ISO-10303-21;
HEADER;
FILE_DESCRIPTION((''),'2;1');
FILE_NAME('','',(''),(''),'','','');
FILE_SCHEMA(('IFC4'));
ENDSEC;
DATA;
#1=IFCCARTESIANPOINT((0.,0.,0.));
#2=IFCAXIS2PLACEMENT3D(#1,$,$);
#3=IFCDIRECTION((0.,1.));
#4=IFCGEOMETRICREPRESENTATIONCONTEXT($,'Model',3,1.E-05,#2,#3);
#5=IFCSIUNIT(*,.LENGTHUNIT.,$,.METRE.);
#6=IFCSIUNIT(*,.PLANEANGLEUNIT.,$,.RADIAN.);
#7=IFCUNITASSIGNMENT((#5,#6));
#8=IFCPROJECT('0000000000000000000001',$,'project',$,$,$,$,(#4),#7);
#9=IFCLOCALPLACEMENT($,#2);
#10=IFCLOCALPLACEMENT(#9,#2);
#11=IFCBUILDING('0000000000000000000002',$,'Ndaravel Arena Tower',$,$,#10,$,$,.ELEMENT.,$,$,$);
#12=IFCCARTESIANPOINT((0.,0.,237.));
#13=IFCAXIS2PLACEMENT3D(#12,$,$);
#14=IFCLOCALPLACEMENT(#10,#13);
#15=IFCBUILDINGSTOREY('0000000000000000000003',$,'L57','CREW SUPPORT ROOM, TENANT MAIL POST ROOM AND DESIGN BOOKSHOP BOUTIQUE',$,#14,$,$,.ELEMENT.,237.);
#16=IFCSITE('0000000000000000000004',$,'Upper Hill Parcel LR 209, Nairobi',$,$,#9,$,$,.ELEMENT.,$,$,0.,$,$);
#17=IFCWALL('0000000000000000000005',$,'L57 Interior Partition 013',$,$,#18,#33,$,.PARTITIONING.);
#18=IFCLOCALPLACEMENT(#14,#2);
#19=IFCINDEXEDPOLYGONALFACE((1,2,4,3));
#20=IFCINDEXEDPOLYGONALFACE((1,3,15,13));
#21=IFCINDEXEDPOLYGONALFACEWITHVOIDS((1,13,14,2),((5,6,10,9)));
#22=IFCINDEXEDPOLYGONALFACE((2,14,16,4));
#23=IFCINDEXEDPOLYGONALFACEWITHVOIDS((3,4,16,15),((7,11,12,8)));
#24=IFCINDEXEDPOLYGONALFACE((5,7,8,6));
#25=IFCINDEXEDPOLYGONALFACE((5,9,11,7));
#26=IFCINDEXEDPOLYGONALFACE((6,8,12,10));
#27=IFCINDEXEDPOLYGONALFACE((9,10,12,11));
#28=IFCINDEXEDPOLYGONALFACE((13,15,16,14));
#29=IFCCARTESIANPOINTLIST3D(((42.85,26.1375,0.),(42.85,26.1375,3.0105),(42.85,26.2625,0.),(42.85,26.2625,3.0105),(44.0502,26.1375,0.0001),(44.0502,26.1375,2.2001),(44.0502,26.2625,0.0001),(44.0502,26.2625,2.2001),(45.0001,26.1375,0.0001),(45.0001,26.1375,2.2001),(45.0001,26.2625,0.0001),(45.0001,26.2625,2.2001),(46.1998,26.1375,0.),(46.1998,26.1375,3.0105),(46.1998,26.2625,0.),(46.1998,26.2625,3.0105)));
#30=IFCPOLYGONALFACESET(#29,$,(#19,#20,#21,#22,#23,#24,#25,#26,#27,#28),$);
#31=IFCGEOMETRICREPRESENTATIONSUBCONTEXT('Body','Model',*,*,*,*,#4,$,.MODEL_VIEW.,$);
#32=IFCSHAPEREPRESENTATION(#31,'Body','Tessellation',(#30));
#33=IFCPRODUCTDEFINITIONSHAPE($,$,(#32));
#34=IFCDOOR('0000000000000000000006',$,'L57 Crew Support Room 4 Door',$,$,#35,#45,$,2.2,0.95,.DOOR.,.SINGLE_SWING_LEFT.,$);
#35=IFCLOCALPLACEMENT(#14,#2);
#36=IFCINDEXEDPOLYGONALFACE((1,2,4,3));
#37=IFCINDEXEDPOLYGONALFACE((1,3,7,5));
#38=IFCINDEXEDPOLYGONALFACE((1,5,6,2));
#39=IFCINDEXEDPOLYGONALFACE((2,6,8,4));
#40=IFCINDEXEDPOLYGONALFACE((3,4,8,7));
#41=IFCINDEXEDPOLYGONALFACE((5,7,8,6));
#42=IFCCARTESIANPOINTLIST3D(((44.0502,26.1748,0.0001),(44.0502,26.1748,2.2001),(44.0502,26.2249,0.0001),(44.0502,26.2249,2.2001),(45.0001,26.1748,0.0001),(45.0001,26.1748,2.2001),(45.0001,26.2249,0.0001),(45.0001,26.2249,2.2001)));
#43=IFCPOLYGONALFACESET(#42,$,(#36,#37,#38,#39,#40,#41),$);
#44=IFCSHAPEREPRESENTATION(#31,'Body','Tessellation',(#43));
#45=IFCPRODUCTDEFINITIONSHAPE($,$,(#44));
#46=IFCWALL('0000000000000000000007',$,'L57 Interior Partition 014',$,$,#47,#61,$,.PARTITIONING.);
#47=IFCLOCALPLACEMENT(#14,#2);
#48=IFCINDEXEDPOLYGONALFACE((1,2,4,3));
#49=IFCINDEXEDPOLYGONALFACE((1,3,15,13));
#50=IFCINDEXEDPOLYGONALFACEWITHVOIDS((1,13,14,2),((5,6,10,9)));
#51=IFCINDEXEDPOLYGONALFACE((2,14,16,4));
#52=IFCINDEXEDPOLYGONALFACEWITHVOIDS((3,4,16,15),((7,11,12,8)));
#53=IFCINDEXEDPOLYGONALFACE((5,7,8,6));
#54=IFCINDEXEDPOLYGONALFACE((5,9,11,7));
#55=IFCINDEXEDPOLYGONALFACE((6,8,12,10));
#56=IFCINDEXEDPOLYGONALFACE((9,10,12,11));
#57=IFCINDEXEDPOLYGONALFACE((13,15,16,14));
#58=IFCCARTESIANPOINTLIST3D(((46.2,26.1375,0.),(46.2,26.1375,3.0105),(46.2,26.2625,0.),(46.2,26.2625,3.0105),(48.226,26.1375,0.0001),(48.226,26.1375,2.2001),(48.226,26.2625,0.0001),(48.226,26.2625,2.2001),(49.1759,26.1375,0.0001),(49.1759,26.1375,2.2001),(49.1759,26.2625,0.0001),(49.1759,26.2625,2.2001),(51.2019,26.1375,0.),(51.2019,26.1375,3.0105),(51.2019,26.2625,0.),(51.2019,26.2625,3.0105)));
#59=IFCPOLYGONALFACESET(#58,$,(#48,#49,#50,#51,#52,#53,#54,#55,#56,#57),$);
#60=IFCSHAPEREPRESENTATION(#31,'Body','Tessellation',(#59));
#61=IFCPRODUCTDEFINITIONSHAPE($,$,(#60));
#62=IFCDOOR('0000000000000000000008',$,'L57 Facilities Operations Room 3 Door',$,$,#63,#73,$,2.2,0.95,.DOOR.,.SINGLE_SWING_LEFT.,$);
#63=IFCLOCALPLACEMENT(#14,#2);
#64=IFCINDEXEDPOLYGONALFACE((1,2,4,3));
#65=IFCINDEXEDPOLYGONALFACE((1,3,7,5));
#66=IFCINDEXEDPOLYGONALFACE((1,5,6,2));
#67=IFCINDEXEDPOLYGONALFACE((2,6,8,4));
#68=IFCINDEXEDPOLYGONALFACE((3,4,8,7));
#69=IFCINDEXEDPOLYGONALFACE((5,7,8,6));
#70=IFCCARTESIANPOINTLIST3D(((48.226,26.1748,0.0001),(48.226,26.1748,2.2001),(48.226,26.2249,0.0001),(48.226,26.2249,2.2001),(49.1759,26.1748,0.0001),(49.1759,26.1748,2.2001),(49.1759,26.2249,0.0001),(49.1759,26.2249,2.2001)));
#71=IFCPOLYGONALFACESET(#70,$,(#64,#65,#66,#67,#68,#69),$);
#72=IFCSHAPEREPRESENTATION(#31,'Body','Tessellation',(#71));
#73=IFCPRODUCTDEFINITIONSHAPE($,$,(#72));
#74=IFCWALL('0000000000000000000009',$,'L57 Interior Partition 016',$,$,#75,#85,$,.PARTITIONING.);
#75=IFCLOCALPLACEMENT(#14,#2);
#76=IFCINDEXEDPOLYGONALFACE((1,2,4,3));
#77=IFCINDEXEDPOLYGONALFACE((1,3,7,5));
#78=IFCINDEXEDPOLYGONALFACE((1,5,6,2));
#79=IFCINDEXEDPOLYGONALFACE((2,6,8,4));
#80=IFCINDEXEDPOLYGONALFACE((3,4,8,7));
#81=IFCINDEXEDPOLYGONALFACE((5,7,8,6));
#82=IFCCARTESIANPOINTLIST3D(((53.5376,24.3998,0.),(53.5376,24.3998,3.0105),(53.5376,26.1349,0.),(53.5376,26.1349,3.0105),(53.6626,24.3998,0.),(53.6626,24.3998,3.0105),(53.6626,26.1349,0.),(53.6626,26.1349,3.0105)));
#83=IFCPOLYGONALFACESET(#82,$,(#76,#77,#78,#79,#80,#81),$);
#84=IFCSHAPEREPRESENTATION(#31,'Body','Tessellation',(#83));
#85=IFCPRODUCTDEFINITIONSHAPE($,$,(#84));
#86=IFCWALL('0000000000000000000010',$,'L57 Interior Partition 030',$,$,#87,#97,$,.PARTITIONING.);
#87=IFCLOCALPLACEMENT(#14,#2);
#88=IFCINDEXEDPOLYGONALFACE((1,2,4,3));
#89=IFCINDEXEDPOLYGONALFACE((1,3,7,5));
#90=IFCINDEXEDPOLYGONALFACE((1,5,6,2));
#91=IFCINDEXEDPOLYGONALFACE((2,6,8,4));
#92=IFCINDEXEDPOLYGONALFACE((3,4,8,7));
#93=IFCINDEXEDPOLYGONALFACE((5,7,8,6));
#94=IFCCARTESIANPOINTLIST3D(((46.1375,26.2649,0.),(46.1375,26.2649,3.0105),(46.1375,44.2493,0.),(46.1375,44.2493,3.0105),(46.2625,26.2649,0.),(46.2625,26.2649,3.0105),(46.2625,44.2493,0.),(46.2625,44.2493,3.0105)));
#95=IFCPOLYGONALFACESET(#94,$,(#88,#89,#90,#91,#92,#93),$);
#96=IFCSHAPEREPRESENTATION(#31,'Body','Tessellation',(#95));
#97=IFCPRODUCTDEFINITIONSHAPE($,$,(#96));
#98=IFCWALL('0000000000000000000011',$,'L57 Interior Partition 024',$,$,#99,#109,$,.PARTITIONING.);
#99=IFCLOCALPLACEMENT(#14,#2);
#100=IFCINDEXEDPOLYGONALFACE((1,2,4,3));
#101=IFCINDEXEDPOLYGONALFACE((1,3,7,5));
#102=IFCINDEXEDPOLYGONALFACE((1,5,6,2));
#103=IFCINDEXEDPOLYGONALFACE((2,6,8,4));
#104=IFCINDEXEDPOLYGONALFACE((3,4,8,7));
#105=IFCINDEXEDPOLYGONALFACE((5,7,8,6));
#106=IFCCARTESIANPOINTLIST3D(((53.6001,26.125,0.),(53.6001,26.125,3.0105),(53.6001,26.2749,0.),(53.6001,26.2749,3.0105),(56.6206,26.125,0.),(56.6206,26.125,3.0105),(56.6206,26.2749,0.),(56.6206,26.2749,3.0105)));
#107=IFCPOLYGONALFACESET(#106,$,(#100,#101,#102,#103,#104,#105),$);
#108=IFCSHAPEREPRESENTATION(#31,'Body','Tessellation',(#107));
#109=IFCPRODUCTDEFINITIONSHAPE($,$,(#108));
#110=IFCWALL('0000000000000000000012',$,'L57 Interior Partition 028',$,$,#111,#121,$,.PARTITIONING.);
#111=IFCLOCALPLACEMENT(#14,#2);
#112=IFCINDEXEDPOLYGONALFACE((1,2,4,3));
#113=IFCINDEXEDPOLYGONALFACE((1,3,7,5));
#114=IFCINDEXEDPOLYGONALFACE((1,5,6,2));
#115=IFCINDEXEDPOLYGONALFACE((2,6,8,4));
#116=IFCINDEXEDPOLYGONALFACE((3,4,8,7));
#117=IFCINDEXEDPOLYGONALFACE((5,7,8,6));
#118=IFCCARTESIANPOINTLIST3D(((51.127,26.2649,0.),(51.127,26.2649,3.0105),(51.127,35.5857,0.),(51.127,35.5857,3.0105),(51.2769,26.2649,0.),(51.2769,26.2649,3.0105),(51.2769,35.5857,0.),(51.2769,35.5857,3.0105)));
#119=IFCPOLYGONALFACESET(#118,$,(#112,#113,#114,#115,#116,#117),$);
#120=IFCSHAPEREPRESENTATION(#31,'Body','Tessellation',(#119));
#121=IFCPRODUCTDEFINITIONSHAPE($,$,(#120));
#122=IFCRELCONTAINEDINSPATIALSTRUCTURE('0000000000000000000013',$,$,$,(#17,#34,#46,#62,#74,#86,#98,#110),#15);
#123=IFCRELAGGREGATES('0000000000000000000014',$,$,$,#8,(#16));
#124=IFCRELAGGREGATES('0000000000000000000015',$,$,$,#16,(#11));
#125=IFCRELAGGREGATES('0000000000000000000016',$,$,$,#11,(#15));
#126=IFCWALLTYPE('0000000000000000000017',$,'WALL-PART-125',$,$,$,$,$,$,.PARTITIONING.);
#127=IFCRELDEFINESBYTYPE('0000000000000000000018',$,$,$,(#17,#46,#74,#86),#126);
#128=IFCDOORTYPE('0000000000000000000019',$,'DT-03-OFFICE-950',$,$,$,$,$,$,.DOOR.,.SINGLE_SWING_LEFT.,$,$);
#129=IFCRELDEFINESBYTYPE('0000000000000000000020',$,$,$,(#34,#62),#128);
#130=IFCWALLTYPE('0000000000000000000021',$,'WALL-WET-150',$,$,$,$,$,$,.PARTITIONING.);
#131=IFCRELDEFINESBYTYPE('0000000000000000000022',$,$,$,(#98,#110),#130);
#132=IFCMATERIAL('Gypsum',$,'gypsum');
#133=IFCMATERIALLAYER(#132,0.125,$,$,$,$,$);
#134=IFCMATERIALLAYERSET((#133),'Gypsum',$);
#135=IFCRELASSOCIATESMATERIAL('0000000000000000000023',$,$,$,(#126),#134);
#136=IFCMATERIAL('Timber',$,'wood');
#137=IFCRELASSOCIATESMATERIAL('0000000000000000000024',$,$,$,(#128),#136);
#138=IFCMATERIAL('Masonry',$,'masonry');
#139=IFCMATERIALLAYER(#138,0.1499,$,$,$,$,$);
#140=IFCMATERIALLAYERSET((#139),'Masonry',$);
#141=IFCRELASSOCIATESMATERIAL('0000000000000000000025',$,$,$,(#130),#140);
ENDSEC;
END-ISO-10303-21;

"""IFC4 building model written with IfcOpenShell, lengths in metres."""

from ifc_helpers import new_model, si_unit, direction, frame, frame_2d, origin, place, context, subcontext, project, spatial, rectangle, extrude, material, layer, layer_set, type_object, element, fill, save


model = new_model("IFC4")

# Units and contexts
model_context = context("Model", 3, precision=1e-05, world=origin(), true_north=direction((0.0, 1.0)))
body_context = subcontext(model_context, "Body", "Model", "MODEL_VIEW")
ifc_project = project(units=[si_unit("LENGTHUNIT", "METRE"), si_unit("PLANEANGLEUNIT", "RADIAN")], contexts=[model_context])

# Site, building, storey
site_placement = place(None, origin())
site = spatial("IfcSite", under=ifc_project, at=site_placement, Name="Upper Hill Parcel LR 209, Nairobi", CompositionType="ELEMENT", RefElevation=0.0)
building_placement = place(site_placement, origin())
building = spatial("IfcBuilding", under=site, at=building_placement, Name="Ndaravel Arena Tower", CompositionType="ELEMENT")
storey_placement = place(building_placement, frame((0.0, 0.0, 237.0)))
storey = spatial("IfcBuildingStorey", under=building, at=storey_placement, Name="L57", Description="CREW SUPPORT ROOM, TENANT MAIL POST ROOM AND DESIGN BOOKSHOP BOUTIQUE", CompositionType="ELEMENT", Elevation=237.0)

# Walls, openings, doors
ifc_material_1 = material(Name="Gypsum", Category="gypsum")
ifc_layer_1 = layer(ifc_material_1, 0.125)
ifc_layer_set_1 = layer_set([ifc_layer_1], Name="Gypsum")
wall_type_1 = type_object("IfcWallType", Name="WALL-PART-125", PredefinedType="PARTITIONING", material=ifc_layer_set_1)
wall_1_placement = place(storey_placement, frame((42.8501, 26.2, 0.0), z_axis=(0.0, 0.0, 1.0), x_axis=(1.0, 0.0, 0.0)))
wall_1 = element("IfcWall", 1, at=wall_1_placement, inside=storey, type_object=wall_type_1, Name="L57 Interior Partition 013", PredefinedType="PARTITIONING", context=body_context, shape_type="SweptSolid", body=[
    extrude(rectangle(XDim=3.3499, YDim=0.125, at=frame_2d((1.6748, 0.0))), origin(), (0.0, 0.0, 1.0), 3.0105),
])
opening_1_placement = place(wall_1_placement, frame((1.2, 0.0, 0.0)))
opening_1 = element("IfcOpeningElement", 2, at=opening_1_placement, cuts=wall_1, PredefinedType="OPENING", context=body_context, shape_type="SweptSolid", body=[
    extrude(rectangle(XDim=0.95, YDim=2.2, at=frame_2d((0.4751, 1.1001))), frame((0.0, 0.0625, 0.0), z_axis=(0.0, -1.0, 0.0), x_axis=(1.0, 0.0, 0.0)), (0.0, 0.0, 1.0), 0.125),
])
ifc_material_2 = material(Name="Timber", Category="wood")
door_type_1 = type_object("IfcDoorType", Name="DT-03-OFFICE-950", OperationType="SINGLE_SWING_LEFT", PredefinedType="DOOR", material=ifc_material_2)
door_1_placement = place(opening_1_placement, origin())
door_1 = element("IfcDoor", 3, at=door_1_placement, inside=storey, type_object=door_type_1, Name="L57 Crew Support Room 4 Door", OperationType="SINGLE_SWING_LEFT", OverallHeight=2.2, OverallWidth=0.95, PredefinedType="DOOR", context=body_context, shape_type="SweptSolid", body=[
    extrude(rectangle(XDim=0.95, YDim=2.2, at=frame_2d((0.4751, 1.1001))), frame((0.0, 0.0249, 0.0), z_axis=(0.0, -1.0, 0.0), x_axis=(1.0, 0.0, 0.0)), (0.0, 0.0, 1.0), 0.05),
])
fill(opening_1, door_1)
wall_2_placement = place(storey_placement, frame((46.2, 26.2, 0.0), z_axis=(0.0, 0.0, 1.0), x_axis=(1.0, 0.0, 0.0)))
wall_2 = element("IfcWall", 4, at=wall_2_placement, inside=storey, type_object=wall_type_1, Name="L57 Interior Partition 014", PredefinedType="PARTITIONING", context=body_context, shape_type="SweptSolid", body=[
    extrude(rectangle(XDim=5.002, YDim=0.125, at=frame_2d((2.501, 0.0))), origin(), (0.0, 0.0, 1.0), 3.0105),
])
opening_2_placement = place(wall_2_placement, frame((2.0259, 0.0, 0.0)))
opening_2 = element("IfcOpeningElement", 5, at=opening_2_placement, cuts=wall_2, PredefinedType="OPENING", context=body_context, shape_type="SweptSolid", body=[
    extrude(rectangle(XDim=0.95, YDim=2.2, at=frame_2d((0.4751, 1.1001))), frame((0.0, 0.0625, 0.0), z_axis=(0.0, -1.0, 0.0), x_axis=(1.0, 0.0, 0.0)), (0.0, 0.0, 1.0), 0.125),
])
door_2_placement = place(opening_2_placement, origin())
door_2 = element("IfcDoor", 6, at=door_2_placement, inside=storey, type_object=door_type_1, Name="L57 Facilities Operations Room 3 Door", OperationType="SINGLE_SWING_LEFT", OverallHeight=2.2, OverallWidth=0.95, PredefinedType="DOOR", context=body_context, shape_type="SweptSolid", body=[
    extrude(rectangle(XDim=0.95, YDim=2.2, at=frame_2d((0.4751, 1.1001))), frame((0.0, 0.0249, 0.0), z_axis=(0.0, -1.0, 0.0), x_axis=(1.0, 0.0, 0.0)), (0.0, 0.0, 1.0), 0.05),
])
fill(opening_2, door_2)

# Walls
wall_3_placement = place(storey_placement, frame((53.6001, 26.135, 0.0), z_axis=(0.0, 0.0, 1.0), x_axis=(0.0, -1.0, 0.0)))
element("IfcWall", 7, at=wall_3_placement, inside=storey, type_object=wall_type_1, Name="L57 Interior Partition 016", PredefinedType="PARTITIONING", context=body_context, shape_type="SweptSolid", body=[
    extrude(rectangle(XDim=1.7351, YDim=0.125, at=frame_2d((0.8677, 0.0))), origin(), (0.0, 0.0, 1.0), 3.0105),
])
wall_4_placement = place(storey_placement, frame((46.2, 26.2649, 0.0), z_axis=(0.0, 0.0, 1.0), x_axis=(0.0, 1.0, 0.0)))
element("IfcWall", 8, at=wall_4_placement, inside=storey, type_object=wall_type_1, Name="L57 Interior Partition 030", PredefinedType="PARTITIONING", context=body_context, shape_type="SweptSolid", body=[
    extrude(rectangle(XDim=17.9844, YDim=0.125, at=frame_2d((8.9922, 0.0))), origin(), (0.0, 0.0, 1.0), 3.0105),
])

# Shared definitions
ifc_material_3 = material(Name="Masonry", Category="masonry")
ifc_layer_2 = layer(ifc_material_3, 0.1499)
ifc_layer_set_2 = layer_set([ifc_layer_2], Name="Masonry")
wall_type_2 = type_object("IfcWallType", Name="WALL-WET-150", PredefinedType="PARTITIONING", material=ifc_layer_set_2)

# Walls
wall_5_placement = place(storey_placement, frame((53.6001, 26.2, 0.0), z_axis=(0.0, 0.0, 1.0), x_axis=(1.0, 0.0, 0.0)))
element("IfcWall", 9, at=wall_5_placement, inside=storey, type_object=wall_type_2, Name="L57 Interior Partition 024", PredefinedType="PARTITIONING", context=body_context, shape_type="SweptSolid", body=[
    extrude(rectangle(XDim=3.0205, YDim=0.1499, at=frame_2d((1.5103, 0.0))), origin(), (0.0, 0.0, 1.0), 3.0105),
])
wall_6_placement = place(storey_placement, frame((51.2019, 26.2649, 0.0), z_axis=(0.0, 0.0, 1.0), x_axis=(0.0, 1.0, 0.0)))
element("IfcWall", 10, at=wall_6_placement, inside=storey, type_object=wall_type_2, Name="L57 Interior Partition 028", PredefinedType="PARTITIONING", context=body_context, shape_type="SweptSolid", body=[
    extrude(rectangle(XDim=9.3208, YDim=0.1499, at=frame_2d((4.6604, 0.0))), origin(), (0.0, 0.0, 1.0), 3.0105),
])

save(model, "model.ifc")
